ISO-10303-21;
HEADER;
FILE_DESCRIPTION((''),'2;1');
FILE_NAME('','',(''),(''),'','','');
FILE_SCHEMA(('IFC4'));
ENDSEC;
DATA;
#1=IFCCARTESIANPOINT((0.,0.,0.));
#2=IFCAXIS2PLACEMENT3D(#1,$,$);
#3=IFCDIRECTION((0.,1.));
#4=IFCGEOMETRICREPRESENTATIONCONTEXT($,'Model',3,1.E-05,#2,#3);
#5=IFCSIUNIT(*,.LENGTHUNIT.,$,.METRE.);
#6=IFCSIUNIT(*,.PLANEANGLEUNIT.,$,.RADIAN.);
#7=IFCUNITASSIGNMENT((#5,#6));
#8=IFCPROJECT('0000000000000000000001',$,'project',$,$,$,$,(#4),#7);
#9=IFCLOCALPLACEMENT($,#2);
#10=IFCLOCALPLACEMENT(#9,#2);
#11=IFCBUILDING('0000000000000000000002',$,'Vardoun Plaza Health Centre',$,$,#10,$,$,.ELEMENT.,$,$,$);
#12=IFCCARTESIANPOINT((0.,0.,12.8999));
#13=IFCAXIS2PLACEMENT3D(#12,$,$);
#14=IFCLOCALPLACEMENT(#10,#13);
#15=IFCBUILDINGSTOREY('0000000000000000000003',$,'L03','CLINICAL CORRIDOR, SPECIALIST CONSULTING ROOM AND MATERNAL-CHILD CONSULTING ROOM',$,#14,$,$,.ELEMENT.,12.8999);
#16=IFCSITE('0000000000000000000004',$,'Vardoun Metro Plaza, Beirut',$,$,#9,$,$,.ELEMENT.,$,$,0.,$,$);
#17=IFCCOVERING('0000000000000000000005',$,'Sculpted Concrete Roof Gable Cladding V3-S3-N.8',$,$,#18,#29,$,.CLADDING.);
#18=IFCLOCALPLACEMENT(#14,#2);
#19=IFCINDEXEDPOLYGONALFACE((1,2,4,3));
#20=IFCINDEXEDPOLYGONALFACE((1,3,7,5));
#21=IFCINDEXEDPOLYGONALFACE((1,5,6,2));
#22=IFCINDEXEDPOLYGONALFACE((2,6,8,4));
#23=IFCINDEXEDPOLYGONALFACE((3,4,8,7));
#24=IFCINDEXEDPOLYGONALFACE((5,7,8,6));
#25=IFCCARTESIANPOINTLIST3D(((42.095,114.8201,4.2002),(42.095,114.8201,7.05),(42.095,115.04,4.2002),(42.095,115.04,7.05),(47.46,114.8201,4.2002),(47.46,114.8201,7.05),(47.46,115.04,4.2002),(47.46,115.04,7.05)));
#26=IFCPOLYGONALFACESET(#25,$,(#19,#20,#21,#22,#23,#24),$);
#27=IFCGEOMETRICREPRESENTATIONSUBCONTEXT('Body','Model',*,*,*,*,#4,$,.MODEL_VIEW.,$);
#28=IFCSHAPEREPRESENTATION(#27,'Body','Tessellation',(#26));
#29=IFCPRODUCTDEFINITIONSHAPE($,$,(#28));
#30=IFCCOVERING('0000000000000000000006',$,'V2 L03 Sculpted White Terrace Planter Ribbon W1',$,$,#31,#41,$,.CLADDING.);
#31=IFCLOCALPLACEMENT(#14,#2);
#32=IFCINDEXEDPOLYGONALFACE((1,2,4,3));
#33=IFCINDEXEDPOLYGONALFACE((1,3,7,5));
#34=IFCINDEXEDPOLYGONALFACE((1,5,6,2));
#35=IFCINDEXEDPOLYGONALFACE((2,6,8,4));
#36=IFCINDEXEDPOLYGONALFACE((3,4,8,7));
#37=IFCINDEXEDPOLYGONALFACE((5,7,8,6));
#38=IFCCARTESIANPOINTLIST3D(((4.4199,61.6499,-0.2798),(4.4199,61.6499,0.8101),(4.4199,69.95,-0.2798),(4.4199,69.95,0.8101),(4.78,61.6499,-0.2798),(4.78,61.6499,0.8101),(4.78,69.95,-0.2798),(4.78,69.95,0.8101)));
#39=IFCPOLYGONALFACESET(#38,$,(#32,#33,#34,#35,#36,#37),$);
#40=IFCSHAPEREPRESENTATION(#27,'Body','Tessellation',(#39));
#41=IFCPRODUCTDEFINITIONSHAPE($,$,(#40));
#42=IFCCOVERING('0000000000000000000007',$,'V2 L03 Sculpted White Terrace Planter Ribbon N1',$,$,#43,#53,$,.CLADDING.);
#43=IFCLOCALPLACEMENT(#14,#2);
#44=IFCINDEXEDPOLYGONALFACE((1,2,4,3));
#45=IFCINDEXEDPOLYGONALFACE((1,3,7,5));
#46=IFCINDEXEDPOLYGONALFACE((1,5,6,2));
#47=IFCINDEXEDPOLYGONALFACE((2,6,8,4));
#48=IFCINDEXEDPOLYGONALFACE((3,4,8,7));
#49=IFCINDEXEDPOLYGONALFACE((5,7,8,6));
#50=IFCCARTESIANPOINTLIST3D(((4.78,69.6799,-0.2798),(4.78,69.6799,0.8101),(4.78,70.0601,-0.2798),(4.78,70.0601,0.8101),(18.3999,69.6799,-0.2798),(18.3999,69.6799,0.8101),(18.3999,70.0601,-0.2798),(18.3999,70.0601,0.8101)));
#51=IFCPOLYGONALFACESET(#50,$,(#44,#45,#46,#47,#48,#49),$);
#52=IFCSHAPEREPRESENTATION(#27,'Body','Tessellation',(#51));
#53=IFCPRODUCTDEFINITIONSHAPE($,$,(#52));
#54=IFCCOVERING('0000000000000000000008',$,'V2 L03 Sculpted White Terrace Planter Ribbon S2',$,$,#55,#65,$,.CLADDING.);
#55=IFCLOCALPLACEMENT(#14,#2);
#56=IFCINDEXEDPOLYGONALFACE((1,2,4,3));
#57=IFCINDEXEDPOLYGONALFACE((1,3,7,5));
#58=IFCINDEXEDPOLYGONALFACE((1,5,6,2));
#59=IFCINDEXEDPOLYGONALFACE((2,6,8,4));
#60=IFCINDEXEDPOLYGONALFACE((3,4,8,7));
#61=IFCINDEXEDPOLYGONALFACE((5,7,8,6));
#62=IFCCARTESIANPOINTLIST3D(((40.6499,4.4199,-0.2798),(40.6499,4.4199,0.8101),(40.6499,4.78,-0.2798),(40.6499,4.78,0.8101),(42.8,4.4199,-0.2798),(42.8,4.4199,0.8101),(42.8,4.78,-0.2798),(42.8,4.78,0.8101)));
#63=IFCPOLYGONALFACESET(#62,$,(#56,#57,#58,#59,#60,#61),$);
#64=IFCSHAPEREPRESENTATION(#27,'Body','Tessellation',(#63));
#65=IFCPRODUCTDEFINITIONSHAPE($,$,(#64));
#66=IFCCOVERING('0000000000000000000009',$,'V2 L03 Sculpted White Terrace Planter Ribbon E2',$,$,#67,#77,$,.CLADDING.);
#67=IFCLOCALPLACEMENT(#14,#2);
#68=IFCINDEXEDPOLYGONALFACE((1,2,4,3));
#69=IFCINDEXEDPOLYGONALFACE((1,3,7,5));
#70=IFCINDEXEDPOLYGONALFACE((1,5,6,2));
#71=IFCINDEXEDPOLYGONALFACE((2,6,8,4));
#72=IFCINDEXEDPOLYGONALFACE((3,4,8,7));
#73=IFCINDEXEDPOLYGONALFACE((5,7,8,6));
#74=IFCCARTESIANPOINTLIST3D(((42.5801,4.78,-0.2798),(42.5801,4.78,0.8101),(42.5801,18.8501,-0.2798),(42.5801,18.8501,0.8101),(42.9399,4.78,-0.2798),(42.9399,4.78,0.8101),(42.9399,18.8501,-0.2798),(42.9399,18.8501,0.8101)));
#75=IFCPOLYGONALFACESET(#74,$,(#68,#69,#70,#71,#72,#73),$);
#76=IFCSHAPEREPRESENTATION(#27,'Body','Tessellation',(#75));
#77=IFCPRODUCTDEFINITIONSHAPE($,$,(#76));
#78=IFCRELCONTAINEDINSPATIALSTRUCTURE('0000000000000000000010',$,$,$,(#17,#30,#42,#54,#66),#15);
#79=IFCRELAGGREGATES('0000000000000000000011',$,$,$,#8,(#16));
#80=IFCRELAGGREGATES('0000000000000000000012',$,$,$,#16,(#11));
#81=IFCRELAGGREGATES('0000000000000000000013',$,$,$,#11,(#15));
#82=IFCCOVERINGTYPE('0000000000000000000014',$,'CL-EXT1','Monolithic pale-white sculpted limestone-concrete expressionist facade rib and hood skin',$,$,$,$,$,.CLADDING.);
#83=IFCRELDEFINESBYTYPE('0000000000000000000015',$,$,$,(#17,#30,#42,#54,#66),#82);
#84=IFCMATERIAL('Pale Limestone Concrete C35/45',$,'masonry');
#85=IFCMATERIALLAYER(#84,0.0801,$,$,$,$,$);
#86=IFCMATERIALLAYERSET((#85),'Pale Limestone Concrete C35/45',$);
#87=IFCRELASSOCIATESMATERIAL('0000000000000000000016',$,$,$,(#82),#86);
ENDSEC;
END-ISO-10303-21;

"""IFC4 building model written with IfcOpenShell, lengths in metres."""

from ifc_helpers import new_model, si_unit, direction, frame, origin, place, context, subcontext, project, spatial, polyline, outline, extrude, material, layer, layer_set, type_object, element, save


model = new_model("IFC4")

# Units and contexts
model_context = context("Model", 3, precision=1e-05, world=origin(), true_north=direction((0.0, 1.0)))
body_context = subcontext(model_context, "Body", "Model", "MODEL_VIEW")
ifc_project = project(units=[si_unit("LENGTHUNIT", "METRE"), si_unit("PLANEANGLEUNIT", "RADIAN")], contexts=[model_context])

# Site, building, storey
site_placement = place(None, origin())
site = spatial("IfcSite", under=ifc_project, at=site_placement, Name="Vardoun Metro Plaza, Beirut", CompositionType="ELEMENT", RefElevation=0.0)
building_placement = place(site_placement, origin())
building = spatial("IfcBuilding", under=site, at=building_placement, Name="Vardoun Plaza Health Centre", CompositionType="ELEMENT")
storey_placement = place(building_placement, frame((0.0, 0.0, 12.8999)))
storey = spatial("IfcBuildingStorey", under=building, at=storey_placement, Name="L03", Description="CLINICAL CORRIDOR, SPECIALIST CONSULTING ROOM AND MATERNAL-CHILD CONSULTING ROOM", CompositionType="ELEMENT", Elevation=12.8999)

# Coverings
ifc_material_1 = material(Name="Pale Limestone Concrete C35/45", Category="masonry")
ifc_layer_1 = layer(ifc_material_1, 0.0801)
ifc_layer_set_1 = layer_set([ifc_layer_1], Name="Pale Limestone Concrete C35/45")
covering_type_1 = type_object("IfcCoveringType", Name="CL-EXT1", Description="Monolithic pale-white sculpted limestone-concrete expressionist facade rib and hood skin", PredefinedType="CLADDING", material=ifc_layer_set_1)
covering_1_placement = place(storey_placement, frame((0.0, 0.0, 4.2002)))
element("IfcCovering", 1, at=covering_1_placement, inside=storey, type_object=covering_type_1, Name="Sculpted Concrete Roof Gable Cladding V3-S3-N.8", PredefinedType="CLADDING", context=body_context, shape_type="SweptSolid", body=[
    extrude(outline(polyline([(42.095, 114.8201), (47.46, 114.8201), (47.46, 115.04), (42.095, 115.04), (42.095, 114.8201)])), origin(), (0.0, 0.0, 1.0), 2.8499),
])
covering_2_placement = place(storey_placement, frame((0.0, 0.0, -0.2798)))
element("IfcCovering", 2, at=covering_2_placement, inside=storey, type_object=covering_type_1, Name="V2 L03 Sculpted White Terrace Planter Ribbon W1", PredefinedType="CLADDING", context=body_context, shape_type="SweptSolid", body=[
    extrude(outline(polyline([(4.4199, 61.6499), (4.78, 61.6499), (4.78, 69.95), (4.4199, 69.95), (4.4199, 61.6499)])), origin(), (0.0, 0.0, 1.0), 1.0898),
])
covering_3_placement = place(storey_placement, frame((0.0, 0.0, -0.2798)))
element("IfcCovering", 3, at=covering_3_placement, inside=storey, type_object=covering_type_1, Name="V2 L03 Sculpted White Terrace Planter Ribbon N1", PredefinedType="CLADDING", context=body_context, shape_type="SweptSolid", body=[
    extrude(outline(polyline([(4.78, 69.6799), (18.3999, 69.6799), (18.3999, 70.0601), (4.78, 70.0601), (4.78, 69.6799)])), origin(), (0.0, 0.0, 1.0), 1.0898),
])
covering_4_placement = place(storey_placement, frame((0.0, 0.0, -0.2798)))
element("IfcCovering", 4, at=covering_4_placement, inside=storey, type_object=covering_type_1, Name="V2 L03 Sculpted White Terrace Planter Ribbon S2", PredefinedType="CLADDING", context=body_context, shape_type="SweptSolid", body=[
    extrude(outline(polyline([(40.6499, 4.4199), (42.8, 4.4199), (42.8, 4.78), (40.6499, 4.78), (40.6499, 4.4199)])), origin(), (0.0, 0.0, 1.0), 1.0898),
])
covering_5_placement = place(storey_placement, frame((0.0, 0.0, -0.2798)))
element("IfcCovering", 5, at=covering_5_placement, inside=storey, type_object=covering_type_1, Name="V2 L03 Sculpted White Terrace Planter Ribbon E2", PredefinedType="CLADDING", context=body_context, shape_type="SweptSolid", body=[
    extrude(outline(polyline([(42.5801, 4.78), (42.9399, 4.78), (42.9399, 18.8501), (42.5801, 18.8501), (42.5801, 4.78)])), origin(), (0.0, 0.0, 1.0), 1.0898),
])

save(model, "model.ifc")
